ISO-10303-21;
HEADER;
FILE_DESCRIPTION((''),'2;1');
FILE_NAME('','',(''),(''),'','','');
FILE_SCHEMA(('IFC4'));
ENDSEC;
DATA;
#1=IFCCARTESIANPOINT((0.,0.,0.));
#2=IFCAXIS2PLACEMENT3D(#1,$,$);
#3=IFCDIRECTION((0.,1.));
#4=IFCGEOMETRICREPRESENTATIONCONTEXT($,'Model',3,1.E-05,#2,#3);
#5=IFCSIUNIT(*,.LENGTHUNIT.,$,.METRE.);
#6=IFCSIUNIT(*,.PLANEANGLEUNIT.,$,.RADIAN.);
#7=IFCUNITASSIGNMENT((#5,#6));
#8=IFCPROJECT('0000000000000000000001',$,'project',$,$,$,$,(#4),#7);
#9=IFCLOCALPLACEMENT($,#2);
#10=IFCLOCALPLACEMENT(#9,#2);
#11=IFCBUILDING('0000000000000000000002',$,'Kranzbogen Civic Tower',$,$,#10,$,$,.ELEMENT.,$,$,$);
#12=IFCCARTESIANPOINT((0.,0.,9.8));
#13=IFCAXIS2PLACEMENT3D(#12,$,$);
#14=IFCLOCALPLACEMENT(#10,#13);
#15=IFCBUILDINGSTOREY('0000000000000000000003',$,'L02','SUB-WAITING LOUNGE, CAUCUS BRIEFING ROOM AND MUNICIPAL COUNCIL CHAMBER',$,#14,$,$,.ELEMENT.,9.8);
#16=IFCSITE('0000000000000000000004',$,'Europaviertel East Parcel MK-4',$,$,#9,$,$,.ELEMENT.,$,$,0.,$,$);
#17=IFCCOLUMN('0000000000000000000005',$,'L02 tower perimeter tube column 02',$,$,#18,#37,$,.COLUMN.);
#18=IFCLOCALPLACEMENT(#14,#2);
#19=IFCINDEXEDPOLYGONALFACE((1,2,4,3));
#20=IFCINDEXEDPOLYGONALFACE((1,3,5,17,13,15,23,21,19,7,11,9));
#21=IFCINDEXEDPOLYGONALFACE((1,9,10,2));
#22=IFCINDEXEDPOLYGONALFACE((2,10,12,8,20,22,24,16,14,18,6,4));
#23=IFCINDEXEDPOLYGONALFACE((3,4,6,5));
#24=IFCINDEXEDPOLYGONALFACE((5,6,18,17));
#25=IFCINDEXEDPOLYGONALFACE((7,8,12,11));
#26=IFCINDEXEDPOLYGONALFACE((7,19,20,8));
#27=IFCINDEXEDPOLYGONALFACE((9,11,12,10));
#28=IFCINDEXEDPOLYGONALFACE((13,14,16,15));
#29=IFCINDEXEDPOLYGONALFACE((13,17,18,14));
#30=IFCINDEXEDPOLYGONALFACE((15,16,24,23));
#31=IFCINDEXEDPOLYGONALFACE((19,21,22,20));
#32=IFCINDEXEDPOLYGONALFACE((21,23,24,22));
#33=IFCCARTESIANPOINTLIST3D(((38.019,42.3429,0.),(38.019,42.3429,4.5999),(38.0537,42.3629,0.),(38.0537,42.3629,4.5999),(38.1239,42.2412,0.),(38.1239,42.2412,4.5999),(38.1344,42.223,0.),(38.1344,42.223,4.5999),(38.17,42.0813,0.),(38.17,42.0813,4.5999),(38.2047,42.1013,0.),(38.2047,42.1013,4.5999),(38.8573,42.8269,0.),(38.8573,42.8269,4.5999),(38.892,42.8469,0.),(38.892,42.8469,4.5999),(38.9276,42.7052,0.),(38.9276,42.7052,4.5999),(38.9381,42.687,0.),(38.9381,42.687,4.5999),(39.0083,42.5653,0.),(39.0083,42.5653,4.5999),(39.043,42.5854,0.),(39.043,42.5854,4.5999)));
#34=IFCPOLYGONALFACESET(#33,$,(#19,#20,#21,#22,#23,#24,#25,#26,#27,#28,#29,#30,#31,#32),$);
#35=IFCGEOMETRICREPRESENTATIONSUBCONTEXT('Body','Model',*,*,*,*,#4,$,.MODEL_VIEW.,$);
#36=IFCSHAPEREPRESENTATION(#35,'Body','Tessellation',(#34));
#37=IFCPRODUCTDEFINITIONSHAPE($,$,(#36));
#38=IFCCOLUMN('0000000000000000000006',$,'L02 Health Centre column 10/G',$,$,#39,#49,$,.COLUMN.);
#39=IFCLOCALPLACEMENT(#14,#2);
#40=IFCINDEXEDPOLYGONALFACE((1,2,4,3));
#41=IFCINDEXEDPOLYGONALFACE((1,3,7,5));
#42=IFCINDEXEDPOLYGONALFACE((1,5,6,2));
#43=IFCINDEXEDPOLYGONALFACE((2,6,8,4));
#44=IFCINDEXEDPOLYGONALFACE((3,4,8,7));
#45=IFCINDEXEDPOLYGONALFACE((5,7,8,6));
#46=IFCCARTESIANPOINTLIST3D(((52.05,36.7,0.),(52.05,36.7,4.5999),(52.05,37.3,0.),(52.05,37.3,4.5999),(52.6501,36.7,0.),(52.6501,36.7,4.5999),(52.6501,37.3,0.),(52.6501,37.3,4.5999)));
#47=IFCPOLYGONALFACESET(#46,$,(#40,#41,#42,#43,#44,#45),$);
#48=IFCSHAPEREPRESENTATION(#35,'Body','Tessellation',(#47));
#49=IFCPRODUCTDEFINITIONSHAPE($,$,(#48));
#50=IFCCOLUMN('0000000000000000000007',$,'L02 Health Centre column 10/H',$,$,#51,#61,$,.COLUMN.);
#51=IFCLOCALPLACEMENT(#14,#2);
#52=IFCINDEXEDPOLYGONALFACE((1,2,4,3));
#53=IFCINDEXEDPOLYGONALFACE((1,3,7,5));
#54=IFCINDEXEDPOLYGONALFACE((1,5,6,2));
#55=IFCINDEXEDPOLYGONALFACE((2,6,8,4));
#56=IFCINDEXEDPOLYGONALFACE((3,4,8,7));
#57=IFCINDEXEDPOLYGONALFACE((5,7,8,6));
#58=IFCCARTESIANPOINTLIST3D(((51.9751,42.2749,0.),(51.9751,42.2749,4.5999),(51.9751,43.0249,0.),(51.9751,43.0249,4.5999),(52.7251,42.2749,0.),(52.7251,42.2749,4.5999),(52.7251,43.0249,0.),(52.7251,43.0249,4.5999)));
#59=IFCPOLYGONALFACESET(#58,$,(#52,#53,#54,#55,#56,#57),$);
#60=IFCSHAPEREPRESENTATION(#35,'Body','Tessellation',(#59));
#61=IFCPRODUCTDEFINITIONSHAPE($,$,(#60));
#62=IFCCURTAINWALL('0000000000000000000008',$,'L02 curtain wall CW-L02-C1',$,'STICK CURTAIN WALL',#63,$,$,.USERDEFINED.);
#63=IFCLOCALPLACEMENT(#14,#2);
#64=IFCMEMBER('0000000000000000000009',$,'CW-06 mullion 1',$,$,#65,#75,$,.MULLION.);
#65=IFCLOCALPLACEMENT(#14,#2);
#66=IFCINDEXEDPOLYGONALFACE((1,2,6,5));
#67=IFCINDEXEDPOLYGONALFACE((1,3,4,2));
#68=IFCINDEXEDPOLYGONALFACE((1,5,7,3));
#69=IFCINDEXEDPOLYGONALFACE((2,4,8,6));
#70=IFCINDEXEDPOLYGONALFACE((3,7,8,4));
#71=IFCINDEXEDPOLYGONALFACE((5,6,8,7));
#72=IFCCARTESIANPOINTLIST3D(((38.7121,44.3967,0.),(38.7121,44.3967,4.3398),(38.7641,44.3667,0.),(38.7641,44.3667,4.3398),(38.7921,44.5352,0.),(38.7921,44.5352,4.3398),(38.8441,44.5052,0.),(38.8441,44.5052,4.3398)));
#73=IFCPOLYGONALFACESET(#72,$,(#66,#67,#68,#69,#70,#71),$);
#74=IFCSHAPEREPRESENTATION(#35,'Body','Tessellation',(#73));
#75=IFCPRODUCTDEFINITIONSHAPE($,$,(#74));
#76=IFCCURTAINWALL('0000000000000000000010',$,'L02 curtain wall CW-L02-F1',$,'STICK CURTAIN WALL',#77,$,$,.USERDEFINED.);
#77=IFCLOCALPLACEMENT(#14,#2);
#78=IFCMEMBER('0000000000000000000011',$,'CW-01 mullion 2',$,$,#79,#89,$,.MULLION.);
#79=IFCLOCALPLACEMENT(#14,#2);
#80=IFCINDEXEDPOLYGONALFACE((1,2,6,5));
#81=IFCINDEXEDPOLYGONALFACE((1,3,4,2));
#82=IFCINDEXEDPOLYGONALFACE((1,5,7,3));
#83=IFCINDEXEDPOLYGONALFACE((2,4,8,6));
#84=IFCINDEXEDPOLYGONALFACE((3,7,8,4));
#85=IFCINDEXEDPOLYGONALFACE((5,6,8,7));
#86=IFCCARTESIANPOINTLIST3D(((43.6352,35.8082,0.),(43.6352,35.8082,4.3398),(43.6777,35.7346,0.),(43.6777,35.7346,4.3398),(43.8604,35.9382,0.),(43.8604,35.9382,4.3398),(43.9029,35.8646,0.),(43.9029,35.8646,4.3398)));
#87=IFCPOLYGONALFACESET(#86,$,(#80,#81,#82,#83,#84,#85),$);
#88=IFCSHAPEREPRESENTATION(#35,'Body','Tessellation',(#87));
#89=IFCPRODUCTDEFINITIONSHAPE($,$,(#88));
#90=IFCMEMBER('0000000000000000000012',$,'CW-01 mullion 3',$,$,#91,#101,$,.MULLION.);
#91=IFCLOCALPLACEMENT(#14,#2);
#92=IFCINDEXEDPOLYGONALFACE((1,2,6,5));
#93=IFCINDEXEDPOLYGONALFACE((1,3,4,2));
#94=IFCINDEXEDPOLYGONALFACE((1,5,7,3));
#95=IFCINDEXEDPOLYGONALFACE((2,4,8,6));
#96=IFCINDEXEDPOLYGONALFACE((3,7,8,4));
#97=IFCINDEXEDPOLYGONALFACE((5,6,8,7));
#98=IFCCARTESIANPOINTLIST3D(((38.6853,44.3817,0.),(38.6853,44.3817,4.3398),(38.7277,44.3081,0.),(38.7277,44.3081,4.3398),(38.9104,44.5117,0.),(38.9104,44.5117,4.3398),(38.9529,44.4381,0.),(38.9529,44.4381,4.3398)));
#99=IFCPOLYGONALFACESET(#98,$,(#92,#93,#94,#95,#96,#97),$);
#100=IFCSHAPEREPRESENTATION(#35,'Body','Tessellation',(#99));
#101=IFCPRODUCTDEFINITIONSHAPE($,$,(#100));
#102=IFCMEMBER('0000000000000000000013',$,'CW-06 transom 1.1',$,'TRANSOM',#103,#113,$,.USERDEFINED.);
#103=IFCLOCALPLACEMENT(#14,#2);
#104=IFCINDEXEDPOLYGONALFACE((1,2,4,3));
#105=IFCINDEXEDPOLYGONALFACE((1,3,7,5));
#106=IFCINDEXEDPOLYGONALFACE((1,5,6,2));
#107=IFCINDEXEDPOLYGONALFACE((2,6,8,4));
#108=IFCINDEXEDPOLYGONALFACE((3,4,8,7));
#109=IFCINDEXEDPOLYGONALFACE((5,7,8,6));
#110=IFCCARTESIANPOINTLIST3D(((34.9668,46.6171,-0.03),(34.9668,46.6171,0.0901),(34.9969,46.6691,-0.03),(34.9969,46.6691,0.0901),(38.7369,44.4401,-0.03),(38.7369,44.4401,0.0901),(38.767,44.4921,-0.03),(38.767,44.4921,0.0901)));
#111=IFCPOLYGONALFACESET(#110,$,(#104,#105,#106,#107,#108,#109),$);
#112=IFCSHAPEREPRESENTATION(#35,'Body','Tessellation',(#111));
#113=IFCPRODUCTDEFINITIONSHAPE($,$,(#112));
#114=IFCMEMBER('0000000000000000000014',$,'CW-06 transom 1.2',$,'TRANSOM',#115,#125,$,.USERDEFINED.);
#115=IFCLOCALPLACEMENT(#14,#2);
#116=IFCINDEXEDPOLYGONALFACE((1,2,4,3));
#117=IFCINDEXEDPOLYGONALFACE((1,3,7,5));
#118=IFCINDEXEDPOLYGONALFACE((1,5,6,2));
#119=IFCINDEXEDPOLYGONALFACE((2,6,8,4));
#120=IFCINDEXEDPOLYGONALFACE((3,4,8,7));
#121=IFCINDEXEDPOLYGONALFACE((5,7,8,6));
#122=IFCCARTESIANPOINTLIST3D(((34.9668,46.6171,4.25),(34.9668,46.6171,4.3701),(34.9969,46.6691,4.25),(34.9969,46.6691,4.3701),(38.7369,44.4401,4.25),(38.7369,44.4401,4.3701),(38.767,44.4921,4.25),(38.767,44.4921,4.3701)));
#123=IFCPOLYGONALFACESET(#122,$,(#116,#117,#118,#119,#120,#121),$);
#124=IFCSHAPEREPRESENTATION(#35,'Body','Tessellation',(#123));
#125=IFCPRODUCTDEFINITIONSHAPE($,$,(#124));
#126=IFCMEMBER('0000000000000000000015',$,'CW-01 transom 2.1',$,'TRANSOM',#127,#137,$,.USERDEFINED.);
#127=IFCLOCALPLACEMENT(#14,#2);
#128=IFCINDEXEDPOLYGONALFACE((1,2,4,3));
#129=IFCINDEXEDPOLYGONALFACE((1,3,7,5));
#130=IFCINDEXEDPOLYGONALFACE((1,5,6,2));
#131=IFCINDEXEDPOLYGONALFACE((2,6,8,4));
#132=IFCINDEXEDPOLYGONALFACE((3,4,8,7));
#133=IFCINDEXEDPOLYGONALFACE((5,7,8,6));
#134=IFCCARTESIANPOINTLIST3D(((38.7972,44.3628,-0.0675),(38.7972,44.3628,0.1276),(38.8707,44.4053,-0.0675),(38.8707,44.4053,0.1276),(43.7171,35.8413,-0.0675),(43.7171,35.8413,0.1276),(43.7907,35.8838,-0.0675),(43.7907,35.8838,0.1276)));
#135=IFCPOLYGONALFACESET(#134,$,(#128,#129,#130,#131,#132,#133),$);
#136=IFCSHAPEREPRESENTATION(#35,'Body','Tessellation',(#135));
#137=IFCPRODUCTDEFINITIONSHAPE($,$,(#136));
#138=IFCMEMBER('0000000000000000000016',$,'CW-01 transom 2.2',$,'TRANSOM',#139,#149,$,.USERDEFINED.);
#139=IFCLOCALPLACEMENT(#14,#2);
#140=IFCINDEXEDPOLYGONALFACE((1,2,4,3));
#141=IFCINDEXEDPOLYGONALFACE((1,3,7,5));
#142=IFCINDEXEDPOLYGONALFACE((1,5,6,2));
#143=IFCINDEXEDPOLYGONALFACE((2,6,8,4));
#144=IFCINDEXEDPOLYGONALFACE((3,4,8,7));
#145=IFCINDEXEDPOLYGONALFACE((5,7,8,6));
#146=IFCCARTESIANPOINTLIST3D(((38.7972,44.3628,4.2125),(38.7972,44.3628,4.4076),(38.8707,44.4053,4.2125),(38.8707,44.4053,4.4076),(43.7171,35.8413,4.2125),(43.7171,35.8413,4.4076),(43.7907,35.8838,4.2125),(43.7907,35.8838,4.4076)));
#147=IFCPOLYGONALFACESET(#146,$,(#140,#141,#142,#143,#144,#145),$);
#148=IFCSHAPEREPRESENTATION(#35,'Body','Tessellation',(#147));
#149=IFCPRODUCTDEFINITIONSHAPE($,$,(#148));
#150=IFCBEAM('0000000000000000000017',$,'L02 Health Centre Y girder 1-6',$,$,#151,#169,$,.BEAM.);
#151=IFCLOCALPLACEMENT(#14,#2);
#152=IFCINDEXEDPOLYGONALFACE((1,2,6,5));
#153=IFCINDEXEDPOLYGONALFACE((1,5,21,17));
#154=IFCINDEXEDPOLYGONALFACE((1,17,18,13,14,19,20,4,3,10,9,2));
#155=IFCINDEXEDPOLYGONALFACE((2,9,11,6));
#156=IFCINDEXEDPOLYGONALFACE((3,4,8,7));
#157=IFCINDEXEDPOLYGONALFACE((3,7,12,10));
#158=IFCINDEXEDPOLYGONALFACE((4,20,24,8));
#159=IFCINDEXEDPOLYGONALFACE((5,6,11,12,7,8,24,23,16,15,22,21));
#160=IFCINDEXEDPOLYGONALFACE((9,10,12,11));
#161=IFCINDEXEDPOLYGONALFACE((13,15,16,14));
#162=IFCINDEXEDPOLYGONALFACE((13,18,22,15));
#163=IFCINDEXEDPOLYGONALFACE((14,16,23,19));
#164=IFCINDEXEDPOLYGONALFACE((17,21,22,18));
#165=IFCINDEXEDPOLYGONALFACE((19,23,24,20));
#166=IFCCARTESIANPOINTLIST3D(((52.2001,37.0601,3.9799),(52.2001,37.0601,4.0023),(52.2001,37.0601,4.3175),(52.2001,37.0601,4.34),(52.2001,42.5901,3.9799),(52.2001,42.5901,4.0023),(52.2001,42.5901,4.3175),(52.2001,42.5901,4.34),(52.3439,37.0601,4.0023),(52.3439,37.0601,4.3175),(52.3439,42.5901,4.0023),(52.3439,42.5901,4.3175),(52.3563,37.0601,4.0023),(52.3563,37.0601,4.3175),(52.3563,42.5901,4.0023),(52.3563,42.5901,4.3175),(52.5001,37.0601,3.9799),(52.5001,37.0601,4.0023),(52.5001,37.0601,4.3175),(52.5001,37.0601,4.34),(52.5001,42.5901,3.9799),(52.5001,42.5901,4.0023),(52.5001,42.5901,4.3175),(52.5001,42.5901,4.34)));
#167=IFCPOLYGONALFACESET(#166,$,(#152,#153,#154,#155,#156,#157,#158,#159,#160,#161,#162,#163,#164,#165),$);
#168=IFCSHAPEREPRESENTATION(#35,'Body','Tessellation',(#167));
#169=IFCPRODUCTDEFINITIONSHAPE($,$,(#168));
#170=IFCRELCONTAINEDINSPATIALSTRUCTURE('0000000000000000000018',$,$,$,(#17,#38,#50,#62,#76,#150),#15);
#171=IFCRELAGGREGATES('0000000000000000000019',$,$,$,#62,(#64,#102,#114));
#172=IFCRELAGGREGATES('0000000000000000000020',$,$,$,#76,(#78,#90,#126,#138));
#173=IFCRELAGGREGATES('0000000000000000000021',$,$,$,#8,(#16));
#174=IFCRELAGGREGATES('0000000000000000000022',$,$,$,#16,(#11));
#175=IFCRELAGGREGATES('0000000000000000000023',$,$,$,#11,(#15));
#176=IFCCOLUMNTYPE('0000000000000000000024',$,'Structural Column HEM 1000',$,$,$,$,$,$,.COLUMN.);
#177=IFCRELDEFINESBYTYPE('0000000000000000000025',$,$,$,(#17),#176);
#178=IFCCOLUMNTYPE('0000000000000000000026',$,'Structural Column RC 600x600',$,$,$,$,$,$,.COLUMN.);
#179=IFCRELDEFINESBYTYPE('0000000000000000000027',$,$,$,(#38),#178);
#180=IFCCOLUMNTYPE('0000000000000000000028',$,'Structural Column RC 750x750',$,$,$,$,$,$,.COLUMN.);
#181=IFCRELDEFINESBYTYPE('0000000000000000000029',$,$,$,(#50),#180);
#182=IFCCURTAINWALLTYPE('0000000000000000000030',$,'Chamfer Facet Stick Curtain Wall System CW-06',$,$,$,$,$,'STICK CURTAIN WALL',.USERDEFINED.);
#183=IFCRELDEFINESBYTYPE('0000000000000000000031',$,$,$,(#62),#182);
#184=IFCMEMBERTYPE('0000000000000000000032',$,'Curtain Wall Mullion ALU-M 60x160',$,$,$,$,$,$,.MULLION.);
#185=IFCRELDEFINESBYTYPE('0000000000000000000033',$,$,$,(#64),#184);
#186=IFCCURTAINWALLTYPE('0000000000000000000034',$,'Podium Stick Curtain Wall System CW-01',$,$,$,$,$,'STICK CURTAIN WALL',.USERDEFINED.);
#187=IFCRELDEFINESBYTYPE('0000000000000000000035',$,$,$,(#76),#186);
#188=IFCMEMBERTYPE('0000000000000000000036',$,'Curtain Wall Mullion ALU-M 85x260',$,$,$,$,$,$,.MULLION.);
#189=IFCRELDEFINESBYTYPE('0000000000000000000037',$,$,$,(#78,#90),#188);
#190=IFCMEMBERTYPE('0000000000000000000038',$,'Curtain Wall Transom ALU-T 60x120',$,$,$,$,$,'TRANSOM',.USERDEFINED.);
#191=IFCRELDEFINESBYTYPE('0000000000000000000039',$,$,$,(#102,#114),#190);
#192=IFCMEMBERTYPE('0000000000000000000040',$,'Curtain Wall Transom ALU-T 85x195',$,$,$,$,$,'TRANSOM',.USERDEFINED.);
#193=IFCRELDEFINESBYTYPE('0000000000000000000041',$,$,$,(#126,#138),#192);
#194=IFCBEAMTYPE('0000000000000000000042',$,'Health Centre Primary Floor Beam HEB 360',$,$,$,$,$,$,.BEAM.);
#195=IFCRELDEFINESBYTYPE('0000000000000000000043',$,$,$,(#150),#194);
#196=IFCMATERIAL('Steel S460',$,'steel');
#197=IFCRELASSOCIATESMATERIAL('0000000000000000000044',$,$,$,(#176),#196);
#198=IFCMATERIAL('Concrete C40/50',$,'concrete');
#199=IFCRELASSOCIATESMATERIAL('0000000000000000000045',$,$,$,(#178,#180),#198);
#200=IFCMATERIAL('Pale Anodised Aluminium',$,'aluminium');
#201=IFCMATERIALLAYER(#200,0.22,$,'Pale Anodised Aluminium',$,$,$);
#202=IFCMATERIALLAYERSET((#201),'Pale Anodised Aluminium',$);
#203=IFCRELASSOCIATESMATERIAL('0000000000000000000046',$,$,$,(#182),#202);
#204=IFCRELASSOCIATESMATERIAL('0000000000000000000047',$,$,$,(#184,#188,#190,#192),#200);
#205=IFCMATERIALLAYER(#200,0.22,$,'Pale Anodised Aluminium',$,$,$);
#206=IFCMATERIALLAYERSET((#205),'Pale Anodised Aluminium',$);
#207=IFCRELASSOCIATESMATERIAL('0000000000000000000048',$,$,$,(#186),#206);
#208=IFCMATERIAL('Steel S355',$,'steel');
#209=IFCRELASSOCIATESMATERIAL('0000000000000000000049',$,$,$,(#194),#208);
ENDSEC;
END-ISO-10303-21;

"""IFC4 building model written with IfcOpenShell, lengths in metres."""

from ifc_helpers import new_model, si_unit, direction, frame, origin, origin_2d, place, context, subcontext, project, spatial, rectangle, i_section, extrude, material, layer, layer_set, material_profile, profile_set, type_object, element, aggregate, save


model = new_model("IFC4")

# Units and contexts
model_context = context("Model", 3, precision=1e-05, world=origin(), true_north=direction((0.0, 1.0)))
body_context = subcontext(model_context, "Body", "Model", "MODEL_VIEW")
ifc_project = project(units=[si_unit("LENGTHUNIT", "METRE"), si_unit("PLANEANGLEUNIT", "RADIAN")], contexts=[model_context])

# Site, building, storey
site_placement = place(None, origin())
site = spatial("IfcSite", under=ifc_project, at=site_placement, Name="Europaviertel East Parcel MK-4", CompositionType="ELEMENT", RefElevation=0.0)
building_placement = place(site_placement, origin())
building = spatial("IfcBuilding", under=site, at=building_placement, Name="Kranzbogen Civic Tower", CompositionType="ELEMENT")
storey_placement = place(building_placement, frame((0.0, 0.0, 9.8)))
storey = spatial("IfcBuildingStorey", under=building, at=storey_placement, Name="L02", Description="SUB-WAITING LOUNGE, CAUCUS BRIEFING ROOM AND MUNICIPAL COUNCIL CHAMBER", CompositionType="ELEMENT", Elevation=9.8)

# Columns
ifc_material_1 = material(Name="Steel S460", Category="steel")
ifc_material_profile_1 = material_profile(ifc_material_1, i_section(OverallWidth=0.302, OverallDepth=1.0081, WebThickness=0.021, FlangeThickness=0.04, at=origin_2d()), Name="HEM 1000")
ifc_profile_set_1 = profile_set([ifc_material_profile_1], Name="Steel S460")
column_type_1 = type_object("IfcColumnType", Name="Structural Column HEM 1000", PredefinedType="COLUMN", material=ifc_profile_set_1)
column_1_placement = place(storey_placement, frame((38.531, 42.4641, 0.0), z_axis=(0.0, 0.0, 1.0), x_axis=(-0.5, 0.866025, 0.0)))
element("IfcColumn", 1, at=column_1_placement, inside=storey, type_object=column_type_1, Name="L02 tower perimeter tube column 02", PredefinedType="COLUMN", context=body_context, shape_type="SweptSolid", body=[
    extrude(i_section(OverallWidth=0.302, OverallDepth=1.0081, WebThickness=0.021, FlangeThickness=0.04, at=origin_2d()), origin(), (0.0, 0.0, 1.0), 4.5999),
])
ifc_material_2 = material(Name="Concrete C40/50", Category="concrete")
ifc_material_profile_2 = material_profile(ifc_material_2, rectangle(XDim=0.6001, YDim=0.6001, at=origin_2d()), Name="RC 600x600")
ifc_profile_set_2 = profile_set([ifc_material_profile_2], Name="Concrete C40/50")
column_type_2 = type_object("IfcColumnType", Name="Structural Column RC 600x600", PredefinedType="COLUMN", material=ifc_profile_set_2)
column_2_placement = place(storey_placement, frame((52.3501, 37.0, 0.0), z_axis=(0.0, 0.0, 1.0), x_axis=(1.0, 0.0, 0.0)))
element("IfcColumn", 2, at=column_2_placement, inside=storey, type_object=column_type_2, Name="L02 Health Centre column 10/G", PredefinedType="COLUMN", context=body_context, shape_type="SweptSolid", body=[
    extrude(rectangle(XDim=0.6001, YDim=0.6001, at=origin_2d()), origin(), (0.0, 0.0, 1.0), 4.5999),
])
ifc_material_profile_3 = material_profile(ifc_material_2, rectangle(XDim=0.75, YDim=0.75, at=origin_2d()), Name="RC 750x750")
ifc_profile_set_3 = profile_set([ifc_material_profile_3], Name="Concrete C40/50")
column_type_3 = type_object("IfcColumnType", Name="Structural Column RC 750x750", PredefinedType="COLUMN", material=ifc_profile_set_3)
column_3_placement = place(storey_placement, frame((52.3501, 42.6499, 0.0), z_axis=(0.0, 0.0, 1.0), x_axis=(1.0, 0.0, 0.0)))
element("IfcColumn", 3, at=column_3_placement, inside=storey, type_object=column_type_3, Name="L02 Health Centre column 10/H", PredefinedType="COLUMN", context=body_context, shape_type="SweptSolid", body=[
    extrude(rectangle(XDim=0.75, YDim=0.75, at=origin_2d()), origin(), (0.0, 0.0, 1.0), 4.5999),
])

# Curtain wall, member
ifc_material_3 = material(Name="Pale Anodised Aluminium", Category="aluminium")
ifc_layer_1 = layer(ifc_material_3, 0.22, Name="Pale Anodised Aluminium")
ifc_layer_set_1 = layer_set([ifc_layer_1], Name="Pale Anodised Aluminium")
curtain_wall_type_1 = type_object("IfcCurtainWallType", Name="Chamfer Facet Stick Curtain Wall System CW-06", ElementType="STICK CURTAIN WALL", PredefinedType="USERDEFINED", material=ifc_layer_set_1)
curtain_wall_1_placement = place(storey_placement, origin())
curtain_wall_1 = element("IfcCurtainWall", 4, at=curtain_wall_1_placement, inside=storey, type_object=curtain_wall_type_1, Name="L02 curtain wall CW-L02-C1", ObjectType="STICK CURTAIN WALL", PredefinedType="USERDEFINED")
ifc_material_profile_4 = material_profile(ifc_material_3, rectangle(XDim=0.0601, YDim=0.1599, at=origin_2d()), Name="ALU-M 60x160")
ifc_profile_set_4 = profile_set([ifc_material_profile_4], Name="Pale Anodised Aluminium")
member_type_1 = type_object("IfcMemberType", Name="Curtain Wall Mullion ALU-M 60x160", PredefinedType="MULLION", material=ifc_profile_set_4)
member_1_placement = place(storey_placement, frame((38.7781, 44.4509, 0.0), z_axis=(0.0, 0.0, 1.0), x_axis=(-0.865992, 0.500058, 0.0)))
member_1 = element("IfcMember", 5, at=member_1_placement, type_object=member_type_1, Name="CW-06 mullion 1", PredefinedType="MULLION", context=body_context, shape_type="SweptSolid", body=[
    extrude(rectangle(XDim=0.0601, YDim=0.1599, at=origin_2d()), origin(), (0.0, 0.0, 1.0), 4.3398),
])

# Curtain wall, members
ifc_layer_2 = layer(ifc_material_3, 0.22, Name="Pale Anodised Aluminium")
ifc_layer_set_2 = layer_set([ifc_layer_2], Name="Pale Anodised Aluminium")
curtain_wall_type_2 = type_object("IfcCurtainWallType", Name="Podium Stick Curtain Wall System CW-01", ElementType="STICK CURTAIN WALL", PredefinedType="USERDEFINED", material=ifc_layer_set_2)
curtain_wall_2_placement = place(storey_placement, origin())
curtain_wall_2 = element("IfcCurtainWall", 6, at=curtain_wall_2_placement, inside=storey, type_object=curtain_wall_type_2, Name="L02 curtain wall CW-L02-F1", ObjectType="STICK CURTAIN WALL", PredefinedType="USERDEFINED")
ifc_material_profile_5 = material_profile(ifc_material_3, rectangle(XDim=0.085, YDim=0.26, at=origin_2d()), Name="ALU-M 85x260")
ifc_profile_set_5 = profile_set([ifc_material_profile_5], Name="Pale Anodised Aluminium")
member_type_2 = type_object("IfcMemberType", Name="Curtain Wall Mullion ALU-M 85x260", PredefinedType="MULLION", material=ifc_profile_set_5)
member_2_placement = place(storey_placement, frame((43.769, 35.8364, 0.0), z_axis=(0.0, 0.0, 1.0), x_axis=(-0.500006, 0.866022, 0.0)))
member_2 = element("IfcMember", 7, at=member_2_placement, type_object=member_type_2, Name="CW-01 mullion 2", PredefinedType="MULLION", context=body_context, shape_type="SweptSolid", body=[
    extrude(rectangle(XDim=0.085, YDim=0.26, at=origin_2d()), origin(), (0.0, 0.0, 1.0), 4.3398),
])
member_3_placement = place(storey_placement, frame((38.8191, 44.4099, 0.0), z_axis=(0.0, 0.0, 1.0), x_axis=(-0.500006, 0.866022, 0.0)))
member_3 = element("IfcMember", 8, at=member_3_placement, type_object=member_type_2, Name="CW-01 mullion 3", PredefinedType="MULLION", context=body_context, shape_type="SweptSolid", body=[
    extrude(rectangle(XDim=0.085, YDim=0.26, at=origin_2d()), origin(), (0.0, 0.0, 1.0), 4.3398),
])

# Members
ifc_material_profile_6 = material_profile(ifc_material_3, rectangle(XDim=0.0601, YDim=0.1201, at=origin_2d()), Name="ALU-T 60x120")
ifc_profile_set_6 = profile_set([ifc_material_profile_6], Name="Pale Anodised Aluminium")
member_type_3 = type_object("IfcMemberType", Name="Curtain Wall Transom ALU-T 60x120", ElementType="TRANSOM", PredefinedType="USERDEFINED", material=ifc_profile_set_6)
member_4_placement = place(storey_placement, frame((38.752, 44.4661, 0.03), z_axis=(-0.865988, 0.500065, 0.0), x_axis=(-0.500065, -0.865988, 0.0)))
member_4 = element("IfcMember", 9, at=member_4_placement, type_object=member_type_3, Name="CW-06 transom 1.1", ObjectType="TRANSOM", PredefinedType="USERDEFINED", context=body_context, shape_type="SweptSolid", body=[
    extrude(rectangle(XDim=0.0601, YDim=0.1201, at=origin_2d()), origin(), (0.0, 0.0, 1.0), 4.3535),
])
member_5_placement = place(storey_placement, frame((38.752, 44.4661, 4.3101), z_axis=(-0.865988, 0.500065, 0.0), x_axis=(-0.500065, -0.865988, 0.0)))
member_5 = element("IfcMember", 10, at=member_5_placement, type_object=member_type_3, Name="CW-06 transom 1.2", ObjectType="TRANSOM", PredefinedType="USERDEFINED", context=body_context, shape_type="SweptSolid", body=[
    extrude(rectangle(XDim=0.0601, YDim=0.1201, at=origin_2d()), origin(), (0.0, 0.0, 1.0), 4.3535),
])
ifc_material_profile_7 = material_profile(ifc_material_3, rectangle(XDim=0.085, YDim=0.1951, at=origin_2d()), Name="ALU-T 85x195")
ifc_profile_set_7 = profile_set([ifc_material_profile_7], Name="Pale Anodised Aluminium")
member_type_4 = type_object("IfcMemberType", Name="Curtain Wall Transom ALU-T 85x195", ElementType="TRANSOM", PredefinedType="USERDEFINED", material=ifc_profile_set_7)
member_6_placement = place(storey_placement, frame((43.7539, 35.8625, 0.03), z_axis=(-0.500003, 0.866024, 0.0), x_axis=(-0.866024, -0.500003, 0.0)))
member_6 = element("IfcMember", 11, at=member_6_placement, type_object=member_type_4, Name="CW-01 transom 2.1", ObjectType="TRANSOM", PredefinedType="USERDEFINED", context=body_context, shape_type="SweptSolid", body=[
    extrude(rectangle(XDim=0.085, YDim=0.1951, at=origin_2d()), origin(), (0.0, 0.0, 1.0), 9.8398),
])
member_7_placement = place(storey_placement, frame((43.7539, 35.8625, 4.3101), z_axis=(-0.500003, 0.866024, 0.0), x_axis=(-0.866024, -0.500003, 0.0)))
member_7 = element("IfcMember", 12, at=member_7_placement, type_object=member_type_4, Name="CW-01 transom 2.2", ObjectType="TRANSOM", PredefinedType="USERDEFINED", context=body_context, shape_type="SweptSolid", body=[
    extrude(rectangle(XDim=0.085, YDim=0.1951, at=origin_2d()), origin(), (0.0, 0.0, 1.0), 9.8398),
])

# Beam
ifc_material_4 = material(Name="Steel S355", Category="steel")
ifc_material_profile_8 = material_profile(ifc_material_4, i_section(OverallWidth=0.3, OverallDepth=0.3601, WebThickness=0.0125, FlangeThickness=0.0225, at=origin_2d()), Name="HEB 360")
ifc_profile_set_8 = profile_set([ifc_material_profile_8], Name="Steel S355")
beam_type_1 = type_object("IfcBeamType", Name="Health Centre Primary Floor Beam HEB 360", PredefinedType="BEAM", material=ifc_profile_set_8)
beam_1_placement = place(storey_placement, frame((52.3501, 37.0601, 4.1599), z_axis=(0.0, 1.0, 0.0), x_axis=(-1.0, 0.0, 0.0)))
element("IfcBeam", 13, at=beam_1_placement, inside=storey, type_object=beam_type_1, Name="L02 Health Centre Y girder 1-6", PredefinedType="BEAM", context=body_context, shape_type="SweptSolid", body=[
    extrude(i_section(OverallWidth=0.3, OverallDepth=0.3601, WebThickness=0.0125, FlangeThickness=0.0225, at=origin_2d()), origin(), (0.0, 0.0, 1.0), 5.53),
])

aggregate(curtain_wall_1, [member_1, member_4, member_5])
aggregate(curtain_wall_2, [member_2, member_3, member_6, member_7])

save(model, "model.ifc")
